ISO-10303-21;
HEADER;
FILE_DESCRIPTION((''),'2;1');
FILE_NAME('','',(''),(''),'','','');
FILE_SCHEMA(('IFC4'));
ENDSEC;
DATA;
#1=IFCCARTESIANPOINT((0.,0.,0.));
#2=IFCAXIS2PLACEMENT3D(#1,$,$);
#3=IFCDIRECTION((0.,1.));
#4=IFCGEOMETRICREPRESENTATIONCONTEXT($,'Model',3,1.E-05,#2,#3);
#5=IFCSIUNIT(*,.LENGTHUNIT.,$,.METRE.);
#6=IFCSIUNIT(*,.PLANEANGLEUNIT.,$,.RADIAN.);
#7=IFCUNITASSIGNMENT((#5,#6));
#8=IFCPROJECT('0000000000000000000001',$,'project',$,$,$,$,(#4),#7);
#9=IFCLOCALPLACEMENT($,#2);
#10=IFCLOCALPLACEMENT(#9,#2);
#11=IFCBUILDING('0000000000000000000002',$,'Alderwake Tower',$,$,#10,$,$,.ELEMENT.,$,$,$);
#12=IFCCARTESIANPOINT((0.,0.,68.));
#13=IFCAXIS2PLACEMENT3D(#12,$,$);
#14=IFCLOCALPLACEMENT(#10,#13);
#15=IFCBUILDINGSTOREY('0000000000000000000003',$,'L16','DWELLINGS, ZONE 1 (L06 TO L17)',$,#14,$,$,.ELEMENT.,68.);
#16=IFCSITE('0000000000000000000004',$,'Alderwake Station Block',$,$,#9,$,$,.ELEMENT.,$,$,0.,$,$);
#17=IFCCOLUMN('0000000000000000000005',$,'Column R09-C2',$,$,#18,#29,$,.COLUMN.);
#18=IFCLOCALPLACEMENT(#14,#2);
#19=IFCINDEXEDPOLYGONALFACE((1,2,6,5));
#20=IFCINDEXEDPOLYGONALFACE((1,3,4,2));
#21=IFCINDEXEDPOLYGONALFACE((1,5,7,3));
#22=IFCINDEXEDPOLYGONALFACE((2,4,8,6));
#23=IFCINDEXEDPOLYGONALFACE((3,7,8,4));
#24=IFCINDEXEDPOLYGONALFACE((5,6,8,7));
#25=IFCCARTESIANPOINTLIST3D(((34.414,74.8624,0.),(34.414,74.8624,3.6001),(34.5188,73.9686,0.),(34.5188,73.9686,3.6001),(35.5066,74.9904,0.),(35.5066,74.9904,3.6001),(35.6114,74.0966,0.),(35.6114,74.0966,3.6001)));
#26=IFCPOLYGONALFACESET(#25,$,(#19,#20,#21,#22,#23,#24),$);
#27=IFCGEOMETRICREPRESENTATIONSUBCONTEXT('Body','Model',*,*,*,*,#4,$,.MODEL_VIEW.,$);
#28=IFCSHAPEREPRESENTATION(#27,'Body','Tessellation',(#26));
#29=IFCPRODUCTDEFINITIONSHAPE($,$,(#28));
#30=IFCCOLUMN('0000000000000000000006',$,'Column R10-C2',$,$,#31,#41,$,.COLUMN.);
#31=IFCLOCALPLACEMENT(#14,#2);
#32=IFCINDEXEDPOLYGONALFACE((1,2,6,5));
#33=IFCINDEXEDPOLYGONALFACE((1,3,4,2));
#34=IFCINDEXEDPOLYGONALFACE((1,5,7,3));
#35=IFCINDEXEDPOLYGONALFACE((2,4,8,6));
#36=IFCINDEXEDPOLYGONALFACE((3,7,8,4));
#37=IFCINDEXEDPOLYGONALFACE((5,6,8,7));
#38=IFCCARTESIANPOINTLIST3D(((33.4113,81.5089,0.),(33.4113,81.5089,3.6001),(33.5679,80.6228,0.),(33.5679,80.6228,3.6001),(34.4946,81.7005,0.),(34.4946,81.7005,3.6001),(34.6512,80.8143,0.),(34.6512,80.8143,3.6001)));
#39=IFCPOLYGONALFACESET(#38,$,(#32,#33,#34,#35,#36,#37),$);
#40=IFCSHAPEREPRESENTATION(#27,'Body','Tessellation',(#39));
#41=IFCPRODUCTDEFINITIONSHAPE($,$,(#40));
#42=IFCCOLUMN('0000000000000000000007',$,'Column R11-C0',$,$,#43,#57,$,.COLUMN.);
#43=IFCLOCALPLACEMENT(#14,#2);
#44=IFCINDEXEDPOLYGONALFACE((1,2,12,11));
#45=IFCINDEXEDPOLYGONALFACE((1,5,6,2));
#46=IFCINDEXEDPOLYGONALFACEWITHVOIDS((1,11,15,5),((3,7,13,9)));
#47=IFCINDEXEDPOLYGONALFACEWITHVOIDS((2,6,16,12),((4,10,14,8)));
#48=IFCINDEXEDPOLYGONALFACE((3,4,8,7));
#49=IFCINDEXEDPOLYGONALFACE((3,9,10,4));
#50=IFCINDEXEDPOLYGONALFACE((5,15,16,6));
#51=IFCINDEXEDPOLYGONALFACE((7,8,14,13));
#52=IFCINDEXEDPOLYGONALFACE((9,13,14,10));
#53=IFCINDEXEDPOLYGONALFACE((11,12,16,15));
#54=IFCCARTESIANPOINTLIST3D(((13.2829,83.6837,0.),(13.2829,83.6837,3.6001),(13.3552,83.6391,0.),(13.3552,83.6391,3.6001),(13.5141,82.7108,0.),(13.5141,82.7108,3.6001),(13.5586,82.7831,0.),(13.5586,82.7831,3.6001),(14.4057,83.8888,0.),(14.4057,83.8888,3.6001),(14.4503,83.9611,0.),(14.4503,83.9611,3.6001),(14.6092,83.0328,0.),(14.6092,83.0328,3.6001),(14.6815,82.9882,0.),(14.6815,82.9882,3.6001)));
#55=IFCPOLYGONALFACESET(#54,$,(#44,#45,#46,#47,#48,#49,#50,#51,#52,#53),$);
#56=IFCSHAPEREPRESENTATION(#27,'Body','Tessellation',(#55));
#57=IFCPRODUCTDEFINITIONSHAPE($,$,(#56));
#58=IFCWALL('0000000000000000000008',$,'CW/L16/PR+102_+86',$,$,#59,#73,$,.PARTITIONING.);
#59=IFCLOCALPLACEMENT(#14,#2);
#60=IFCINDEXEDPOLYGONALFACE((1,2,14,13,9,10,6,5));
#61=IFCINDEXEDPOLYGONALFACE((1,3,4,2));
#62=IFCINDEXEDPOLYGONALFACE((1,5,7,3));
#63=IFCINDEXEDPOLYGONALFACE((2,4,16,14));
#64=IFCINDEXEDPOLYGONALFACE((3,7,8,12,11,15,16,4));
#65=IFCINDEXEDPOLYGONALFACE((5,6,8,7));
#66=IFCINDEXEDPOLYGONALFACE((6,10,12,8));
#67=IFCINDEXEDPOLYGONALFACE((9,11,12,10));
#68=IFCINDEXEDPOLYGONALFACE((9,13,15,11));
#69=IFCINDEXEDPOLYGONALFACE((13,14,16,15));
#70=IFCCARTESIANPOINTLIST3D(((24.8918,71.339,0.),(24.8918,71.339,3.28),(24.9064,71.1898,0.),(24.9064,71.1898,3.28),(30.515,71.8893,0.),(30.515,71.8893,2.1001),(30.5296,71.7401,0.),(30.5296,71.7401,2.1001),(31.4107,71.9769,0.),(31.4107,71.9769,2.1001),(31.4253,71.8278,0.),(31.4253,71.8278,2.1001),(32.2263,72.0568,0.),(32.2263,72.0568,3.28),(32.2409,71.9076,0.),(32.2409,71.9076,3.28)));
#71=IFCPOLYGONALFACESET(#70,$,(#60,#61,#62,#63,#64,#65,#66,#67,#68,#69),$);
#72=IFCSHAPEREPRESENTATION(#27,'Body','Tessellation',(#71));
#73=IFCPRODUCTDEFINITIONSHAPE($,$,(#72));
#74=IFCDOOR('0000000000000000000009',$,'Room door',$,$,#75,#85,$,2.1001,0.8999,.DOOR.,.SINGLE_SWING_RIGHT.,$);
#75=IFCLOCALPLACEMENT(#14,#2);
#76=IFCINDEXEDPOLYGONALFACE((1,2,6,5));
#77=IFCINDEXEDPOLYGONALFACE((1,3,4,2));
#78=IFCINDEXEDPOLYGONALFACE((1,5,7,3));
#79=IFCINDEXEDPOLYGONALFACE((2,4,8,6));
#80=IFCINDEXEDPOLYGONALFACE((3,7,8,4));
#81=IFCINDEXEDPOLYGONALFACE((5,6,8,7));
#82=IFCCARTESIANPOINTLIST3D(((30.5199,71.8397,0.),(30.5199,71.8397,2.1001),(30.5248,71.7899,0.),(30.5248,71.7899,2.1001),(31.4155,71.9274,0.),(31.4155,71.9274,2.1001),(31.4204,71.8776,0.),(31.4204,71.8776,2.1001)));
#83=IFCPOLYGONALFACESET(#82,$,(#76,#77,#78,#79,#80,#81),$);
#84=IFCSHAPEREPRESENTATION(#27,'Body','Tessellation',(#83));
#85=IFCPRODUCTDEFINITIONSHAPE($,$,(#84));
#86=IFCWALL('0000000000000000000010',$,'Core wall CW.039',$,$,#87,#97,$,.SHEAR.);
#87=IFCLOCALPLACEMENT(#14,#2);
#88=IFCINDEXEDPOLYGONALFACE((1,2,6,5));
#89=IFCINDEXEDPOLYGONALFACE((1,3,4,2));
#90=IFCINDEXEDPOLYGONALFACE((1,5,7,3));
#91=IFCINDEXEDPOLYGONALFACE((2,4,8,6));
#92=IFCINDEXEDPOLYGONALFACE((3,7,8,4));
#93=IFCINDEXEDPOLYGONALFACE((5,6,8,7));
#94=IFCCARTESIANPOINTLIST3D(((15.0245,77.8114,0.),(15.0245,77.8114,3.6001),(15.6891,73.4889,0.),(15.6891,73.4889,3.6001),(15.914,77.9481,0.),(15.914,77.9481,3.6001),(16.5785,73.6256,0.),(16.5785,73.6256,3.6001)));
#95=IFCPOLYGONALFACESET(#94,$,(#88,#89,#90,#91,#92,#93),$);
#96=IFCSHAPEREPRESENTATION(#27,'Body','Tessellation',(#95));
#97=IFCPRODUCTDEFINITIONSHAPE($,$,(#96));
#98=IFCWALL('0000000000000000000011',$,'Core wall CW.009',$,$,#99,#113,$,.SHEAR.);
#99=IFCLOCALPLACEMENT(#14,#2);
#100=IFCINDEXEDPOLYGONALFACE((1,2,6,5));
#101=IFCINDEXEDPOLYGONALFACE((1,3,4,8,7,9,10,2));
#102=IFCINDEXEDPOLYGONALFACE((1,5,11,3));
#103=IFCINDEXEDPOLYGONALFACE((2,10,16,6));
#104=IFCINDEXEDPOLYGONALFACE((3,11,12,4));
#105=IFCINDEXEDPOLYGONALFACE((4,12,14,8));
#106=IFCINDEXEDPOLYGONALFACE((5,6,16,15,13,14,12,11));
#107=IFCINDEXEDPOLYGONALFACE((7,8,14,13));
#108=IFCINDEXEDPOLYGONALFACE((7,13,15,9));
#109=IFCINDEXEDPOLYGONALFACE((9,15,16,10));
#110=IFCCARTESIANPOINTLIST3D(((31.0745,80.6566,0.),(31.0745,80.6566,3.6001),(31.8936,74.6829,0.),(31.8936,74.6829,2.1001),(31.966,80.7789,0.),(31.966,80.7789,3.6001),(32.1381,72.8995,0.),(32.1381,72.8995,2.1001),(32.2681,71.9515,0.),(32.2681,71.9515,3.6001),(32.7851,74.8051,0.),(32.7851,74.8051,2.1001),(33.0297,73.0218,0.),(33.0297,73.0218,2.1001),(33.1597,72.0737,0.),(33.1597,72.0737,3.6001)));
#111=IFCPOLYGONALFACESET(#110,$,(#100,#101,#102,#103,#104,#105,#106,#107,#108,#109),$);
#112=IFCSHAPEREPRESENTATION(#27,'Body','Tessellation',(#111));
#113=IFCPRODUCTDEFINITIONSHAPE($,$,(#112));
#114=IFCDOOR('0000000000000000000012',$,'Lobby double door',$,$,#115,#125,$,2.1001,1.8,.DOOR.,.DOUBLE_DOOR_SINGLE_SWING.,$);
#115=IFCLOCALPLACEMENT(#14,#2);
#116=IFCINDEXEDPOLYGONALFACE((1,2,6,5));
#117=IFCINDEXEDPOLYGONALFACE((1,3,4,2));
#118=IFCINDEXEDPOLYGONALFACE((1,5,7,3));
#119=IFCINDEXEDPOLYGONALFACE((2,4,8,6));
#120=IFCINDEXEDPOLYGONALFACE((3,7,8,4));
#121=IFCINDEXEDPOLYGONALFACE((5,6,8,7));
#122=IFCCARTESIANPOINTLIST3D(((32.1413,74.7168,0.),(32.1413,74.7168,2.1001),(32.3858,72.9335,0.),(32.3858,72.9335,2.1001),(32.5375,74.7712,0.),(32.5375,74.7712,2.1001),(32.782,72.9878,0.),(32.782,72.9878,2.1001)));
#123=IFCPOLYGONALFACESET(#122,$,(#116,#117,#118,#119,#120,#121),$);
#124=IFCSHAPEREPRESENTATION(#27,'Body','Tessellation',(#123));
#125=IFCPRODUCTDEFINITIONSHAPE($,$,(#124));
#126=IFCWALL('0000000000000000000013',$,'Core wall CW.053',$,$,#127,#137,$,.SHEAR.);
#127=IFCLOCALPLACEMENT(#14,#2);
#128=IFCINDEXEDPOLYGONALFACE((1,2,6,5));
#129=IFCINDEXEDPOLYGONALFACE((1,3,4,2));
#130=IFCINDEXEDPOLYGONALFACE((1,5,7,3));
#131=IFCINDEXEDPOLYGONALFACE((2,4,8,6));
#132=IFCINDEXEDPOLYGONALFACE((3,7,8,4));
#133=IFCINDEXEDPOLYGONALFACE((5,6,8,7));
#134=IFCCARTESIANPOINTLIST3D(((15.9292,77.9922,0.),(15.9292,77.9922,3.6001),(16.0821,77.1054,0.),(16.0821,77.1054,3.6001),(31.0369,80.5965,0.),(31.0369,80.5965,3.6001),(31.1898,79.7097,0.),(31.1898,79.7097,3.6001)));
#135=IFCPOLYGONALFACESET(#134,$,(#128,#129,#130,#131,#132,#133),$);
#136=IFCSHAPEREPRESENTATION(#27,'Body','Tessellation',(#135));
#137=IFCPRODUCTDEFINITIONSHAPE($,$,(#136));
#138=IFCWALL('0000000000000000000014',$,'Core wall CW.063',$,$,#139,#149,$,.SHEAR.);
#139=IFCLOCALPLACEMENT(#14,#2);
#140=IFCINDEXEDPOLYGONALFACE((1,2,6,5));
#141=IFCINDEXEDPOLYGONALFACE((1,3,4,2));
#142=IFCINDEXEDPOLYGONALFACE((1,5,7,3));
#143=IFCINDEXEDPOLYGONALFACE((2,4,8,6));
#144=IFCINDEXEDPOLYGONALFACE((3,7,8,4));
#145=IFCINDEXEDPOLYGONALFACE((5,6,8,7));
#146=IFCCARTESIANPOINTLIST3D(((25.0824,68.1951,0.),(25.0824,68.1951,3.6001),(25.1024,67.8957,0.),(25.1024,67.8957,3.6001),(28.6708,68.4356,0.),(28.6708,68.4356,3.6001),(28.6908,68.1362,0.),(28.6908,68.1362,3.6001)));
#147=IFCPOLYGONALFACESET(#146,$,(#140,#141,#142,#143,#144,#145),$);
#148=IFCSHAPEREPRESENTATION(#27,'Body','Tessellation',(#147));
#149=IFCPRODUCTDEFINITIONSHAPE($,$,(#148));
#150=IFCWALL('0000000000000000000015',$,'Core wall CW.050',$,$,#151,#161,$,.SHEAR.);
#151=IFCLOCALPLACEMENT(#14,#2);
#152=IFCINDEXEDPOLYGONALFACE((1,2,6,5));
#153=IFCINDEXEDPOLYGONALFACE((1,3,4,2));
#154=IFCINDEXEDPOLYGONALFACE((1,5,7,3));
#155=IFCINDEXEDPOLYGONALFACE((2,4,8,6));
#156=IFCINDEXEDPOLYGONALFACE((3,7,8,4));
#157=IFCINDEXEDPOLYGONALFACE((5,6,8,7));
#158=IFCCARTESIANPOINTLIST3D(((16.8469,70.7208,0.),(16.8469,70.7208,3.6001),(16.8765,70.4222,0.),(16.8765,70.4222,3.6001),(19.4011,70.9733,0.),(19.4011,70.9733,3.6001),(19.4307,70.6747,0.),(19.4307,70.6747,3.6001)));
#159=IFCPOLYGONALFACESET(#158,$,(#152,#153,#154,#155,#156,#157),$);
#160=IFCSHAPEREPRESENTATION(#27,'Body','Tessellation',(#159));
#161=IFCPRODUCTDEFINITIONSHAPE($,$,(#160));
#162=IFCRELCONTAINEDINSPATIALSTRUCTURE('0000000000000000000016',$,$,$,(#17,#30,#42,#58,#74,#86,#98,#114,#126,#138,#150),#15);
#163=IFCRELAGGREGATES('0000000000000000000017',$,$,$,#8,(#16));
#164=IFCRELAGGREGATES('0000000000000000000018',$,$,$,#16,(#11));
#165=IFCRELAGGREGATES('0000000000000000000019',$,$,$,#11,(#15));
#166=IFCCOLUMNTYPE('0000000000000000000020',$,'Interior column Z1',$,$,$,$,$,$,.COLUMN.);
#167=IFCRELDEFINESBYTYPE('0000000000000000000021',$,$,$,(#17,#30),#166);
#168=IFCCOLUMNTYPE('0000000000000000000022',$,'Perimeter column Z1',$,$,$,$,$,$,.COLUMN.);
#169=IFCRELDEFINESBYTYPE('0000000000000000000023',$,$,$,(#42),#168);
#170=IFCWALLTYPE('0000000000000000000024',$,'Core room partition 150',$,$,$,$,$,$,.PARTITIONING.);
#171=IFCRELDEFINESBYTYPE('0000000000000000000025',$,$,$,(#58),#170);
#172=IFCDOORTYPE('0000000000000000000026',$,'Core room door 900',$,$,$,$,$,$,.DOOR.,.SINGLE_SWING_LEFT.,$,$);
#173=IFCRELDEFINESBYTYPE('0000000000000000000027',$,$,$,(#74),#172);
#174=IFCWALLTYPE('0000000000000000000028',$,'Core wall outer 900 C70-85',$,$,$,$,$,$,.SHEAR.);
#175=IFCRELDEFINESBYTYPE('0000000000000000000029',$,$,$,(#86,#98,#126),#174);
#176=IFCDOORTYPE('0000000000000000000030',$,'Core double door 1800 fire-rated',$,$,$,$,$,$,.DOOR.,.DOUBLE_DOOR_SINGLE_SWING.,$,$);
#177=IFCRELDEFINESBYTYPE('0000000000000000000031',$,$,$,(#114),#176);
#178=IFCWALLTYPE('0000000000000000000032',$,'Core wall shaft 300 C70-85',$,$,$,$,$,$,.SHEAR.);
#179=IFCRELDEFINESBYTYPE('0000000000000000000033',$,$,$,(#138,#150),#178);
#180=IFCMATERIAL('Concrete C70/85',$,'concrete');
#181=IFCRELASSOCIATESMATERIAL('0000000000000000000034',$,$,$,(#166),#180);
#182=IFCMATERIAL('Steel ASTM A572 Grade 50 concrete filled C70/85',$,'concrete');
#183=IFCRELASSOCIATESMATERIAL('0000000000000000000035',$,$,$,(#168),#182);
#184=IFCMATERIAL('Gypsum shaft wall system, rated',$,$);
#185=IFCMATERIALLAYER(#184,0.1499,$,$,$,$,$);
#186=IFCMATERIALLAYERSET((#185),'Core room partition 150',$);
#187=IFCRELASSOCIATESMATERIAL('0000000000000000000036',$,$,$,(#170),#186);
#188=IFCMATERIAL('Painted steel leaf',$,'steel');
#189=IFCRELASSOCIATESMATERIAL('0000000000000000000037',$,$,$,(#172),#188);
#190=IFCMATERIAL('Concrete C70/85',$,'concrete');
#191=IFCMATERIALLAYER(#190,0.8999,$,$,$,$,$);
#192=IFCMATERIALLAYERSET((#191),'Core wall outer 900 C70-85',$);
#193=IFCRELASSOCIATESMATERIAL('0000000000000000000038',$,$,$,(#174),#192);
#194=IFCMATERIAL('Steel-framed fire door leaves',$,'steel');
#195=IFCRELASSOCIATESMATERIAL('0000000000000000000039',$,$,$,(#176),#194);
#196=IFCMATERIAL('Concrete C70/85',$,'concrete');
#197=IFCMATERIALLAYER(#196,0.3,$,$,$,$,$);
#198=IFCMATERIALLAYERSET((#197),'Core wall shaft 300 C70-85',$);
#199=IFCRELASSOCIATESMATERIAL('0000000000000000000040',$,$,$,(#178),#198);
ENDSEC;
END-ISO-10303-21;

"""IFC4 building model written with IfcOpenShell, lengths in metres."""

from ifc_helpers import new_model, si_unit, direction, frame, frame_2d, origin, origin_2d, place, context, subcontext, project, spatial, rectangle, hollow_rectangle, extrude, material, layer, layer_set, material_profile, profile_set, type_object, element, fill, save


model = new_model("IFC4")

# Units and contexts
model_context = context("Model", 3, precision=1e-05, world=origin(), true_north=direction((0.0, 1.0)))
body_context = subcontext(model_context, "Body", "Model", "MODEL_VIEW")
ifc_project = project(units=[si_unit("LENGTHUNIT", "METRE"), si_unit("PLANEANGLEUNIT", "RADIAN")], contexts=[model_context])

# Site, building, storey
site_placement = place(None, origin())
site = spatial("IfcSite", under=ifc_project, at=site_placement, Name="Alderwake Station Block", CompositionType="ELEMENT", RefElevation=0.0)
building_placement = place(site_placement, origin())
building = spatial("IfcBuilding", under=site, at=building_placement, Name="Alderwake Tower", CompositionType="ELEMENT")
storey_placement = place(building_placement, frame((0.0, 0.0, 68.0)))
storey = spatial("IfcBuildingStorey", under=building, at=storey_placement, Name="L16", Description="DWELLINGS, ZONE 1 (L06 TO L17)", CompositionType="ELEMENT", Elevation=68.0)

# Columns
ifc_material_1 = material(Name="Concrete C70/85", Category="concrete")
ifc_material_profile_1 = material_profile(ifc_material_1, rectangle(XDim=0.8999, YDim=1.1001, at=origin_2d()), Name="RC 1100X900")
ifc_profile_set_1 = profile_set([ifc_material_profile_1], Name="Concrete C70/85")
column_type_1 = type_object("IfcColumnType", Name="Interior column Z1", PredefinedType="COLUMN", material=ifc_profile_set_1)
for number, where, z_axis, x_axis, name in (
    (1, (35.0127, 74.4795, 0.0), (0.0, 0.0, 1.0), (-0.116402, 0.993202, 0.0), "Column R09-C2"),
    (2, (34.0312, 81.1616, 0.0), (0.0, 0.0, 1.0), (-0.174109, 0.984726, 0.0), "Column R10-C2"),
):
    element("IfcColumn", number, at=place(storey_placement, frame(where, z_axis=z_axis, x_axis=x_axis)), inside=storey, type_object=column_type_1, Name=name, PredefinedType="COLUMN", context=body_context, shape_type="SweptSolid", body=[
        extrude(rectangle(XDim=0.8999, YDim=1.1001, at=origin_2d()), origin(), (0.0, 0.0, 1.0), 3.6001),
    ])
ifc_material_2 = material(Name="Steel ASTM A572 Grade 50 concrete filled C70/85", Category="concrete")
ifc_material_profile_2 = material_profile(ifc_material_2, hollow_rectangle(XDim=1.0, YDim=1.2, WallThickness=0.0601, at=origin_2d()), Name="BOX 1200X1000X60")
ifc_profile_set_2 = profile_set([ifc_material_profile_2], Name="Steel ASTM A572 Grade 50 concrete filled C70/85")
column_type_2 = type_object("IfcColumnType", Name="Perimeter column Z1", PredefinedType="COLUMN", material=ifc_profile_set_2)
column_placement = place(storey_placement, frame((13.9822, 83.3359, 0.0), z_axis=(0.0, 0.0, 1.0), x_axis=(-0.231222, 0.972901, 0.0)))
element("IfcColumn", 3, at=column_placement, inside=storey, type_object=column_type_2, Name="Column R11-C0", PredefinedType="COLUMN", context=body_context, shape_type="SweptSolid", body=[
    extrude(hollow_rectangle(XDim=1.0, YDim=1.2, WallThickness=0.0601, at=origin_2d()), origin(), (0.0, 0.0, 1.0), 3.6001),
])

# Wall, opening, door
ifc_material_3 = material(Name="Gypsum shaft wall system, rated")
ifc_layer_1 = layer(ifc_material_3, 0.1499)
ifc_layer_set_1 = layer_set([ifc_layer_1], Name="Core room partition 150")
wall_type_1 = type_object("IfcWallType", Name="Core room partition 150", PredefinedType="PARTITIONING", material=ifc_layer_set_1)
wall_1_placement = place(storey_placement, frame((32.2336, 71.9822, 0.0), z_axis=(0.0, 0.0, 1.0), x_axis=(-0.995246, -0.097398, 0.0)))
wall_1 = element("IfcWall", 4, at=wall_1_placement, inside=storey, type_object=wall_type_1, Name="CW/L16/PR+102_+86", PredefinedType="PARTITIONING", context=body_context, shape_type="SweptSolid", body=[
    extrude(rectangle(XDim=7.3696, YDim=0.1499, at=frame_2d((3.6848, 0.0))), origin(), (0.0, 0.0, 1.0), 3.28),
])
opening_1_placement = place(wall_1_placement, frame((0.8196, 0.0, 0.0)))
opening_1 = element("IfcOpeningElement", 5, at=opening_1_placement, cuts=wall_1, PredefinedType="OPENING", context=body_context, shape_type="SweptSolid", body=[
    extrude(rectangle(XDim=0.8999, YDim=2.1001, at=frame_2d((0.45, 1.05))), frame((0.0, 0.085, 0.0), z_axis=(0.0, -1.0, 0.0), x_axis=(1.0, 0.0, 0.0)), (0.0, 0.0, 1.0), 0.1699),
])
ifc_material_4 = material(Name="Painted steel leaf", Category="steel")
door_type_1 = type_object("IfcDoorType", Name="Core room door 900", OperationType="SINGLE_SWING_LEFT", PredefinedType="DOOR", material=ifc_material_4)
door_1_placement = place(opening_1_placement, origin())
door_1 = element("IfcDoor", 6, at=door_1_placement, inside=storey, type_object=door_type_1, Name="Room door", OperationType="SINGLE_SWING_RIGHT", OverallHeight=2.1001, OverallWidth=0.8999, PredefinedType="DOOR", context=body_context, shape_type="SweptSolid", body=[
    extrude(rectangle(XDim=0.8999, YDim=2.1001, at=frame_2d((0.45, 1.05))), frame((0.0, 0.0249, 0.0), z_axis=(0.0, -1.0, 0.0), x_axis=(1.0, 0.0, 0.0)), (0.0, 0.0, 1.0), 0.05),
])
fill(opening_1, door_1)

# Wall
ifc_material_5 = material(Name="Concrete C70/85", Category="concrete")
ifc_layer_2 = layer(ifc_material_5, 0.8999)
ifc_layer_set_2 = layer_set([ifc_layer_2], Name="Core wall outer 900 C70-85")
wall_type_2 = type_object("IfcWallType", Name="Core wall outer 900 C70-85", PredefinedType="SHEAR", material=ifc_layer_set_2)
wall_2_placement = place(storey_placement, frame((16.1338, 73.5574, 0.0), z_axis=(0.0, 0.0, 1.0), x_axis=(-0.151957, 0.988387, 0.0)))
element("IfcWall", 7, at=wall_2_placement, inside=storey, type_object=wall_type_2, Name="Core wall CW.039", PredefinedType="SHEAR", context=body_context, shape_type="SweptSolid", body=[
    extrude(rectangle(XDim=4.3733, YDim=0.8999, at=frame_2d((2.1865, 0.0))), origin(), (0.0, 0.0, 1.0), 3.6001),
])

# Wall, opening, door
wall_3_placement = place(storey_placement, frame((31.5203, 80.7178, 0.0), z_axis=(0.0, 0.0, 1.0), x_axis=(0.135845, -0.99073, 0.0)))
wall_3 = element("IfcWall", 8, at=wall_3_placement, inside=storey, type_object=wall_type_2, Name="Core wall CW.009", PredefinedType="SHEAR", context=body_context, shape_type="SweptSolid", body=[
    extrude(rectangle(XDim=8.7866, YDim=0.8999, at=frame_2d((4.3933, 0.0))), origin(), (0.0, 0.0, 1.0), 3.6001),
])
opening_2_placement = place(wall_3_placement, frame((6.0298, 0.0, 0.0)))
opening_2 = element("IfcOpeningElement", 9, at=opening_2_placement, cuts=wall_3, PredefinedType="OPENING", context=body_context, shape_type="SweptSolid", body=[
    extrude(rectangle(XDim=1.8, YDim=2.1001, at=frame_2d((0.8999, 1.05))), frame((0.0, 0.46, 0.0), z_axis=(0.0, -1.0, 0.0), x_axis=(1.0, 0.0, 0.0)), (0.0, 0.0, 1.0), 0.9199),
])
ifc_material_6 = material(Name="Steel-framed fire door leaves", Category="steel")
door_type_2 = type_object("IfcDoorType", Name="Core double door 1800 fire-rated", OperationType="DOUBLE_DOOR_SINGLE_SWING", PredefinedType="DOOR", material=ifc_material_6)
door_2_placement = place(opening_2_placement, origin())
door_2 = element("IfcDoor", 10, at=door_2_placement, inside=storey, type_object=door_type_2, Name="Lobby double door", OperationType="DOUBLE_DOOR_SINGLE_SWING", OverallHeight=2.1001, OverallWidth=1.8, PredefinedType="DOOR", context=body_context, shape_type="SweptSolid", body=[
    extrude(rectangle(XDim=1.8, YDim=2.1001, at=frame_2d((0.8999, 1.05))), frame((0.0, 0.2, 0.0), z_axis=(0.0, -1.0, 0.0), x_axis=(1.0, 0.0, 0.0)), (0.0, 0.0, 1.0), 0.3999),
])
fill(opening_2, door_2)

# Walls
wall_4_placement = place(storey_placement, frame((16.0056, 77.5488, 0.0), z_axis=(0.0, 0.0, 1.0), x_axis=(0.985466, 0.169874, 0.0)))
element("IfcWall", 11, at=wall_4_placement, inside=storey, type_object=wall_type_2, Name="Core wall CW.053", PredefinedType="SHEAR", context=body_context, shape_type="SweptSolid", body=[
    extrude(rectangle(XDim=15.3306, YDim=0.8999, at=frame_2d((7.6653, 0.0))), origin(), (0.0, 0.0, 1.0), 3.6001),
])
ifc_material_7 = material(Name="Concrete C70/85", Category="concrete")
ifc_layer_3 = layer(ifc_material_7, 0.3)
ifc_layer_set_3 = layer_set([ifc_layer_3], Name="Core wall shaft 300 C70-85")
wall_type_3 = type_object("IfcWallType", Name="Core wall shaft 300 C70-85", PredefinedType="SHEAR", material=ifc_layer_set_3)
wall_5_placement = place(storey_placement, frame((25.0923, 68.0454, 0.0), z_axis=(0.0, 0.0, 1.0), x_axis=(0.997762, 0.066866, 0.0)))
element("IfcWall", 12, at=wall_5_placement, inside=storey, type_object=wall_type_3, Name="Core wall CW.063", PredefinedType="SHEAR", context=body_context, shape_type="SweptSolid", body=[
    extrude(rectangle(XDim=3.5964, YDim=0.3, at=frame_2d((1.7983, 0.0))), origin(), (0.0, 0.0, 1.0), 3.6001),
])
wall_6_placement = place(storey_placement, frame((16.8618, 70.5715, 0.0), z_axis=(0.0, 0.0, 1.0), x_axis=(0.995151, 0.098355, 0.0)))
element("IfcWall", 13, at=wall_6_placement, inside=storey, type_object=wall_type_3, Name="Core wall CW.050", PredefinedType="SHEAR", context=body_context, shape_type="SweptSolid", body=[
    extrude(rectangle(XDim=2.5667, YDim=0.3, at=frame_2d((1.2832, 0.0))), origin(), (0.0, 0.0, 1.0), 3.6001),
])

save(model, "model.ifc")
